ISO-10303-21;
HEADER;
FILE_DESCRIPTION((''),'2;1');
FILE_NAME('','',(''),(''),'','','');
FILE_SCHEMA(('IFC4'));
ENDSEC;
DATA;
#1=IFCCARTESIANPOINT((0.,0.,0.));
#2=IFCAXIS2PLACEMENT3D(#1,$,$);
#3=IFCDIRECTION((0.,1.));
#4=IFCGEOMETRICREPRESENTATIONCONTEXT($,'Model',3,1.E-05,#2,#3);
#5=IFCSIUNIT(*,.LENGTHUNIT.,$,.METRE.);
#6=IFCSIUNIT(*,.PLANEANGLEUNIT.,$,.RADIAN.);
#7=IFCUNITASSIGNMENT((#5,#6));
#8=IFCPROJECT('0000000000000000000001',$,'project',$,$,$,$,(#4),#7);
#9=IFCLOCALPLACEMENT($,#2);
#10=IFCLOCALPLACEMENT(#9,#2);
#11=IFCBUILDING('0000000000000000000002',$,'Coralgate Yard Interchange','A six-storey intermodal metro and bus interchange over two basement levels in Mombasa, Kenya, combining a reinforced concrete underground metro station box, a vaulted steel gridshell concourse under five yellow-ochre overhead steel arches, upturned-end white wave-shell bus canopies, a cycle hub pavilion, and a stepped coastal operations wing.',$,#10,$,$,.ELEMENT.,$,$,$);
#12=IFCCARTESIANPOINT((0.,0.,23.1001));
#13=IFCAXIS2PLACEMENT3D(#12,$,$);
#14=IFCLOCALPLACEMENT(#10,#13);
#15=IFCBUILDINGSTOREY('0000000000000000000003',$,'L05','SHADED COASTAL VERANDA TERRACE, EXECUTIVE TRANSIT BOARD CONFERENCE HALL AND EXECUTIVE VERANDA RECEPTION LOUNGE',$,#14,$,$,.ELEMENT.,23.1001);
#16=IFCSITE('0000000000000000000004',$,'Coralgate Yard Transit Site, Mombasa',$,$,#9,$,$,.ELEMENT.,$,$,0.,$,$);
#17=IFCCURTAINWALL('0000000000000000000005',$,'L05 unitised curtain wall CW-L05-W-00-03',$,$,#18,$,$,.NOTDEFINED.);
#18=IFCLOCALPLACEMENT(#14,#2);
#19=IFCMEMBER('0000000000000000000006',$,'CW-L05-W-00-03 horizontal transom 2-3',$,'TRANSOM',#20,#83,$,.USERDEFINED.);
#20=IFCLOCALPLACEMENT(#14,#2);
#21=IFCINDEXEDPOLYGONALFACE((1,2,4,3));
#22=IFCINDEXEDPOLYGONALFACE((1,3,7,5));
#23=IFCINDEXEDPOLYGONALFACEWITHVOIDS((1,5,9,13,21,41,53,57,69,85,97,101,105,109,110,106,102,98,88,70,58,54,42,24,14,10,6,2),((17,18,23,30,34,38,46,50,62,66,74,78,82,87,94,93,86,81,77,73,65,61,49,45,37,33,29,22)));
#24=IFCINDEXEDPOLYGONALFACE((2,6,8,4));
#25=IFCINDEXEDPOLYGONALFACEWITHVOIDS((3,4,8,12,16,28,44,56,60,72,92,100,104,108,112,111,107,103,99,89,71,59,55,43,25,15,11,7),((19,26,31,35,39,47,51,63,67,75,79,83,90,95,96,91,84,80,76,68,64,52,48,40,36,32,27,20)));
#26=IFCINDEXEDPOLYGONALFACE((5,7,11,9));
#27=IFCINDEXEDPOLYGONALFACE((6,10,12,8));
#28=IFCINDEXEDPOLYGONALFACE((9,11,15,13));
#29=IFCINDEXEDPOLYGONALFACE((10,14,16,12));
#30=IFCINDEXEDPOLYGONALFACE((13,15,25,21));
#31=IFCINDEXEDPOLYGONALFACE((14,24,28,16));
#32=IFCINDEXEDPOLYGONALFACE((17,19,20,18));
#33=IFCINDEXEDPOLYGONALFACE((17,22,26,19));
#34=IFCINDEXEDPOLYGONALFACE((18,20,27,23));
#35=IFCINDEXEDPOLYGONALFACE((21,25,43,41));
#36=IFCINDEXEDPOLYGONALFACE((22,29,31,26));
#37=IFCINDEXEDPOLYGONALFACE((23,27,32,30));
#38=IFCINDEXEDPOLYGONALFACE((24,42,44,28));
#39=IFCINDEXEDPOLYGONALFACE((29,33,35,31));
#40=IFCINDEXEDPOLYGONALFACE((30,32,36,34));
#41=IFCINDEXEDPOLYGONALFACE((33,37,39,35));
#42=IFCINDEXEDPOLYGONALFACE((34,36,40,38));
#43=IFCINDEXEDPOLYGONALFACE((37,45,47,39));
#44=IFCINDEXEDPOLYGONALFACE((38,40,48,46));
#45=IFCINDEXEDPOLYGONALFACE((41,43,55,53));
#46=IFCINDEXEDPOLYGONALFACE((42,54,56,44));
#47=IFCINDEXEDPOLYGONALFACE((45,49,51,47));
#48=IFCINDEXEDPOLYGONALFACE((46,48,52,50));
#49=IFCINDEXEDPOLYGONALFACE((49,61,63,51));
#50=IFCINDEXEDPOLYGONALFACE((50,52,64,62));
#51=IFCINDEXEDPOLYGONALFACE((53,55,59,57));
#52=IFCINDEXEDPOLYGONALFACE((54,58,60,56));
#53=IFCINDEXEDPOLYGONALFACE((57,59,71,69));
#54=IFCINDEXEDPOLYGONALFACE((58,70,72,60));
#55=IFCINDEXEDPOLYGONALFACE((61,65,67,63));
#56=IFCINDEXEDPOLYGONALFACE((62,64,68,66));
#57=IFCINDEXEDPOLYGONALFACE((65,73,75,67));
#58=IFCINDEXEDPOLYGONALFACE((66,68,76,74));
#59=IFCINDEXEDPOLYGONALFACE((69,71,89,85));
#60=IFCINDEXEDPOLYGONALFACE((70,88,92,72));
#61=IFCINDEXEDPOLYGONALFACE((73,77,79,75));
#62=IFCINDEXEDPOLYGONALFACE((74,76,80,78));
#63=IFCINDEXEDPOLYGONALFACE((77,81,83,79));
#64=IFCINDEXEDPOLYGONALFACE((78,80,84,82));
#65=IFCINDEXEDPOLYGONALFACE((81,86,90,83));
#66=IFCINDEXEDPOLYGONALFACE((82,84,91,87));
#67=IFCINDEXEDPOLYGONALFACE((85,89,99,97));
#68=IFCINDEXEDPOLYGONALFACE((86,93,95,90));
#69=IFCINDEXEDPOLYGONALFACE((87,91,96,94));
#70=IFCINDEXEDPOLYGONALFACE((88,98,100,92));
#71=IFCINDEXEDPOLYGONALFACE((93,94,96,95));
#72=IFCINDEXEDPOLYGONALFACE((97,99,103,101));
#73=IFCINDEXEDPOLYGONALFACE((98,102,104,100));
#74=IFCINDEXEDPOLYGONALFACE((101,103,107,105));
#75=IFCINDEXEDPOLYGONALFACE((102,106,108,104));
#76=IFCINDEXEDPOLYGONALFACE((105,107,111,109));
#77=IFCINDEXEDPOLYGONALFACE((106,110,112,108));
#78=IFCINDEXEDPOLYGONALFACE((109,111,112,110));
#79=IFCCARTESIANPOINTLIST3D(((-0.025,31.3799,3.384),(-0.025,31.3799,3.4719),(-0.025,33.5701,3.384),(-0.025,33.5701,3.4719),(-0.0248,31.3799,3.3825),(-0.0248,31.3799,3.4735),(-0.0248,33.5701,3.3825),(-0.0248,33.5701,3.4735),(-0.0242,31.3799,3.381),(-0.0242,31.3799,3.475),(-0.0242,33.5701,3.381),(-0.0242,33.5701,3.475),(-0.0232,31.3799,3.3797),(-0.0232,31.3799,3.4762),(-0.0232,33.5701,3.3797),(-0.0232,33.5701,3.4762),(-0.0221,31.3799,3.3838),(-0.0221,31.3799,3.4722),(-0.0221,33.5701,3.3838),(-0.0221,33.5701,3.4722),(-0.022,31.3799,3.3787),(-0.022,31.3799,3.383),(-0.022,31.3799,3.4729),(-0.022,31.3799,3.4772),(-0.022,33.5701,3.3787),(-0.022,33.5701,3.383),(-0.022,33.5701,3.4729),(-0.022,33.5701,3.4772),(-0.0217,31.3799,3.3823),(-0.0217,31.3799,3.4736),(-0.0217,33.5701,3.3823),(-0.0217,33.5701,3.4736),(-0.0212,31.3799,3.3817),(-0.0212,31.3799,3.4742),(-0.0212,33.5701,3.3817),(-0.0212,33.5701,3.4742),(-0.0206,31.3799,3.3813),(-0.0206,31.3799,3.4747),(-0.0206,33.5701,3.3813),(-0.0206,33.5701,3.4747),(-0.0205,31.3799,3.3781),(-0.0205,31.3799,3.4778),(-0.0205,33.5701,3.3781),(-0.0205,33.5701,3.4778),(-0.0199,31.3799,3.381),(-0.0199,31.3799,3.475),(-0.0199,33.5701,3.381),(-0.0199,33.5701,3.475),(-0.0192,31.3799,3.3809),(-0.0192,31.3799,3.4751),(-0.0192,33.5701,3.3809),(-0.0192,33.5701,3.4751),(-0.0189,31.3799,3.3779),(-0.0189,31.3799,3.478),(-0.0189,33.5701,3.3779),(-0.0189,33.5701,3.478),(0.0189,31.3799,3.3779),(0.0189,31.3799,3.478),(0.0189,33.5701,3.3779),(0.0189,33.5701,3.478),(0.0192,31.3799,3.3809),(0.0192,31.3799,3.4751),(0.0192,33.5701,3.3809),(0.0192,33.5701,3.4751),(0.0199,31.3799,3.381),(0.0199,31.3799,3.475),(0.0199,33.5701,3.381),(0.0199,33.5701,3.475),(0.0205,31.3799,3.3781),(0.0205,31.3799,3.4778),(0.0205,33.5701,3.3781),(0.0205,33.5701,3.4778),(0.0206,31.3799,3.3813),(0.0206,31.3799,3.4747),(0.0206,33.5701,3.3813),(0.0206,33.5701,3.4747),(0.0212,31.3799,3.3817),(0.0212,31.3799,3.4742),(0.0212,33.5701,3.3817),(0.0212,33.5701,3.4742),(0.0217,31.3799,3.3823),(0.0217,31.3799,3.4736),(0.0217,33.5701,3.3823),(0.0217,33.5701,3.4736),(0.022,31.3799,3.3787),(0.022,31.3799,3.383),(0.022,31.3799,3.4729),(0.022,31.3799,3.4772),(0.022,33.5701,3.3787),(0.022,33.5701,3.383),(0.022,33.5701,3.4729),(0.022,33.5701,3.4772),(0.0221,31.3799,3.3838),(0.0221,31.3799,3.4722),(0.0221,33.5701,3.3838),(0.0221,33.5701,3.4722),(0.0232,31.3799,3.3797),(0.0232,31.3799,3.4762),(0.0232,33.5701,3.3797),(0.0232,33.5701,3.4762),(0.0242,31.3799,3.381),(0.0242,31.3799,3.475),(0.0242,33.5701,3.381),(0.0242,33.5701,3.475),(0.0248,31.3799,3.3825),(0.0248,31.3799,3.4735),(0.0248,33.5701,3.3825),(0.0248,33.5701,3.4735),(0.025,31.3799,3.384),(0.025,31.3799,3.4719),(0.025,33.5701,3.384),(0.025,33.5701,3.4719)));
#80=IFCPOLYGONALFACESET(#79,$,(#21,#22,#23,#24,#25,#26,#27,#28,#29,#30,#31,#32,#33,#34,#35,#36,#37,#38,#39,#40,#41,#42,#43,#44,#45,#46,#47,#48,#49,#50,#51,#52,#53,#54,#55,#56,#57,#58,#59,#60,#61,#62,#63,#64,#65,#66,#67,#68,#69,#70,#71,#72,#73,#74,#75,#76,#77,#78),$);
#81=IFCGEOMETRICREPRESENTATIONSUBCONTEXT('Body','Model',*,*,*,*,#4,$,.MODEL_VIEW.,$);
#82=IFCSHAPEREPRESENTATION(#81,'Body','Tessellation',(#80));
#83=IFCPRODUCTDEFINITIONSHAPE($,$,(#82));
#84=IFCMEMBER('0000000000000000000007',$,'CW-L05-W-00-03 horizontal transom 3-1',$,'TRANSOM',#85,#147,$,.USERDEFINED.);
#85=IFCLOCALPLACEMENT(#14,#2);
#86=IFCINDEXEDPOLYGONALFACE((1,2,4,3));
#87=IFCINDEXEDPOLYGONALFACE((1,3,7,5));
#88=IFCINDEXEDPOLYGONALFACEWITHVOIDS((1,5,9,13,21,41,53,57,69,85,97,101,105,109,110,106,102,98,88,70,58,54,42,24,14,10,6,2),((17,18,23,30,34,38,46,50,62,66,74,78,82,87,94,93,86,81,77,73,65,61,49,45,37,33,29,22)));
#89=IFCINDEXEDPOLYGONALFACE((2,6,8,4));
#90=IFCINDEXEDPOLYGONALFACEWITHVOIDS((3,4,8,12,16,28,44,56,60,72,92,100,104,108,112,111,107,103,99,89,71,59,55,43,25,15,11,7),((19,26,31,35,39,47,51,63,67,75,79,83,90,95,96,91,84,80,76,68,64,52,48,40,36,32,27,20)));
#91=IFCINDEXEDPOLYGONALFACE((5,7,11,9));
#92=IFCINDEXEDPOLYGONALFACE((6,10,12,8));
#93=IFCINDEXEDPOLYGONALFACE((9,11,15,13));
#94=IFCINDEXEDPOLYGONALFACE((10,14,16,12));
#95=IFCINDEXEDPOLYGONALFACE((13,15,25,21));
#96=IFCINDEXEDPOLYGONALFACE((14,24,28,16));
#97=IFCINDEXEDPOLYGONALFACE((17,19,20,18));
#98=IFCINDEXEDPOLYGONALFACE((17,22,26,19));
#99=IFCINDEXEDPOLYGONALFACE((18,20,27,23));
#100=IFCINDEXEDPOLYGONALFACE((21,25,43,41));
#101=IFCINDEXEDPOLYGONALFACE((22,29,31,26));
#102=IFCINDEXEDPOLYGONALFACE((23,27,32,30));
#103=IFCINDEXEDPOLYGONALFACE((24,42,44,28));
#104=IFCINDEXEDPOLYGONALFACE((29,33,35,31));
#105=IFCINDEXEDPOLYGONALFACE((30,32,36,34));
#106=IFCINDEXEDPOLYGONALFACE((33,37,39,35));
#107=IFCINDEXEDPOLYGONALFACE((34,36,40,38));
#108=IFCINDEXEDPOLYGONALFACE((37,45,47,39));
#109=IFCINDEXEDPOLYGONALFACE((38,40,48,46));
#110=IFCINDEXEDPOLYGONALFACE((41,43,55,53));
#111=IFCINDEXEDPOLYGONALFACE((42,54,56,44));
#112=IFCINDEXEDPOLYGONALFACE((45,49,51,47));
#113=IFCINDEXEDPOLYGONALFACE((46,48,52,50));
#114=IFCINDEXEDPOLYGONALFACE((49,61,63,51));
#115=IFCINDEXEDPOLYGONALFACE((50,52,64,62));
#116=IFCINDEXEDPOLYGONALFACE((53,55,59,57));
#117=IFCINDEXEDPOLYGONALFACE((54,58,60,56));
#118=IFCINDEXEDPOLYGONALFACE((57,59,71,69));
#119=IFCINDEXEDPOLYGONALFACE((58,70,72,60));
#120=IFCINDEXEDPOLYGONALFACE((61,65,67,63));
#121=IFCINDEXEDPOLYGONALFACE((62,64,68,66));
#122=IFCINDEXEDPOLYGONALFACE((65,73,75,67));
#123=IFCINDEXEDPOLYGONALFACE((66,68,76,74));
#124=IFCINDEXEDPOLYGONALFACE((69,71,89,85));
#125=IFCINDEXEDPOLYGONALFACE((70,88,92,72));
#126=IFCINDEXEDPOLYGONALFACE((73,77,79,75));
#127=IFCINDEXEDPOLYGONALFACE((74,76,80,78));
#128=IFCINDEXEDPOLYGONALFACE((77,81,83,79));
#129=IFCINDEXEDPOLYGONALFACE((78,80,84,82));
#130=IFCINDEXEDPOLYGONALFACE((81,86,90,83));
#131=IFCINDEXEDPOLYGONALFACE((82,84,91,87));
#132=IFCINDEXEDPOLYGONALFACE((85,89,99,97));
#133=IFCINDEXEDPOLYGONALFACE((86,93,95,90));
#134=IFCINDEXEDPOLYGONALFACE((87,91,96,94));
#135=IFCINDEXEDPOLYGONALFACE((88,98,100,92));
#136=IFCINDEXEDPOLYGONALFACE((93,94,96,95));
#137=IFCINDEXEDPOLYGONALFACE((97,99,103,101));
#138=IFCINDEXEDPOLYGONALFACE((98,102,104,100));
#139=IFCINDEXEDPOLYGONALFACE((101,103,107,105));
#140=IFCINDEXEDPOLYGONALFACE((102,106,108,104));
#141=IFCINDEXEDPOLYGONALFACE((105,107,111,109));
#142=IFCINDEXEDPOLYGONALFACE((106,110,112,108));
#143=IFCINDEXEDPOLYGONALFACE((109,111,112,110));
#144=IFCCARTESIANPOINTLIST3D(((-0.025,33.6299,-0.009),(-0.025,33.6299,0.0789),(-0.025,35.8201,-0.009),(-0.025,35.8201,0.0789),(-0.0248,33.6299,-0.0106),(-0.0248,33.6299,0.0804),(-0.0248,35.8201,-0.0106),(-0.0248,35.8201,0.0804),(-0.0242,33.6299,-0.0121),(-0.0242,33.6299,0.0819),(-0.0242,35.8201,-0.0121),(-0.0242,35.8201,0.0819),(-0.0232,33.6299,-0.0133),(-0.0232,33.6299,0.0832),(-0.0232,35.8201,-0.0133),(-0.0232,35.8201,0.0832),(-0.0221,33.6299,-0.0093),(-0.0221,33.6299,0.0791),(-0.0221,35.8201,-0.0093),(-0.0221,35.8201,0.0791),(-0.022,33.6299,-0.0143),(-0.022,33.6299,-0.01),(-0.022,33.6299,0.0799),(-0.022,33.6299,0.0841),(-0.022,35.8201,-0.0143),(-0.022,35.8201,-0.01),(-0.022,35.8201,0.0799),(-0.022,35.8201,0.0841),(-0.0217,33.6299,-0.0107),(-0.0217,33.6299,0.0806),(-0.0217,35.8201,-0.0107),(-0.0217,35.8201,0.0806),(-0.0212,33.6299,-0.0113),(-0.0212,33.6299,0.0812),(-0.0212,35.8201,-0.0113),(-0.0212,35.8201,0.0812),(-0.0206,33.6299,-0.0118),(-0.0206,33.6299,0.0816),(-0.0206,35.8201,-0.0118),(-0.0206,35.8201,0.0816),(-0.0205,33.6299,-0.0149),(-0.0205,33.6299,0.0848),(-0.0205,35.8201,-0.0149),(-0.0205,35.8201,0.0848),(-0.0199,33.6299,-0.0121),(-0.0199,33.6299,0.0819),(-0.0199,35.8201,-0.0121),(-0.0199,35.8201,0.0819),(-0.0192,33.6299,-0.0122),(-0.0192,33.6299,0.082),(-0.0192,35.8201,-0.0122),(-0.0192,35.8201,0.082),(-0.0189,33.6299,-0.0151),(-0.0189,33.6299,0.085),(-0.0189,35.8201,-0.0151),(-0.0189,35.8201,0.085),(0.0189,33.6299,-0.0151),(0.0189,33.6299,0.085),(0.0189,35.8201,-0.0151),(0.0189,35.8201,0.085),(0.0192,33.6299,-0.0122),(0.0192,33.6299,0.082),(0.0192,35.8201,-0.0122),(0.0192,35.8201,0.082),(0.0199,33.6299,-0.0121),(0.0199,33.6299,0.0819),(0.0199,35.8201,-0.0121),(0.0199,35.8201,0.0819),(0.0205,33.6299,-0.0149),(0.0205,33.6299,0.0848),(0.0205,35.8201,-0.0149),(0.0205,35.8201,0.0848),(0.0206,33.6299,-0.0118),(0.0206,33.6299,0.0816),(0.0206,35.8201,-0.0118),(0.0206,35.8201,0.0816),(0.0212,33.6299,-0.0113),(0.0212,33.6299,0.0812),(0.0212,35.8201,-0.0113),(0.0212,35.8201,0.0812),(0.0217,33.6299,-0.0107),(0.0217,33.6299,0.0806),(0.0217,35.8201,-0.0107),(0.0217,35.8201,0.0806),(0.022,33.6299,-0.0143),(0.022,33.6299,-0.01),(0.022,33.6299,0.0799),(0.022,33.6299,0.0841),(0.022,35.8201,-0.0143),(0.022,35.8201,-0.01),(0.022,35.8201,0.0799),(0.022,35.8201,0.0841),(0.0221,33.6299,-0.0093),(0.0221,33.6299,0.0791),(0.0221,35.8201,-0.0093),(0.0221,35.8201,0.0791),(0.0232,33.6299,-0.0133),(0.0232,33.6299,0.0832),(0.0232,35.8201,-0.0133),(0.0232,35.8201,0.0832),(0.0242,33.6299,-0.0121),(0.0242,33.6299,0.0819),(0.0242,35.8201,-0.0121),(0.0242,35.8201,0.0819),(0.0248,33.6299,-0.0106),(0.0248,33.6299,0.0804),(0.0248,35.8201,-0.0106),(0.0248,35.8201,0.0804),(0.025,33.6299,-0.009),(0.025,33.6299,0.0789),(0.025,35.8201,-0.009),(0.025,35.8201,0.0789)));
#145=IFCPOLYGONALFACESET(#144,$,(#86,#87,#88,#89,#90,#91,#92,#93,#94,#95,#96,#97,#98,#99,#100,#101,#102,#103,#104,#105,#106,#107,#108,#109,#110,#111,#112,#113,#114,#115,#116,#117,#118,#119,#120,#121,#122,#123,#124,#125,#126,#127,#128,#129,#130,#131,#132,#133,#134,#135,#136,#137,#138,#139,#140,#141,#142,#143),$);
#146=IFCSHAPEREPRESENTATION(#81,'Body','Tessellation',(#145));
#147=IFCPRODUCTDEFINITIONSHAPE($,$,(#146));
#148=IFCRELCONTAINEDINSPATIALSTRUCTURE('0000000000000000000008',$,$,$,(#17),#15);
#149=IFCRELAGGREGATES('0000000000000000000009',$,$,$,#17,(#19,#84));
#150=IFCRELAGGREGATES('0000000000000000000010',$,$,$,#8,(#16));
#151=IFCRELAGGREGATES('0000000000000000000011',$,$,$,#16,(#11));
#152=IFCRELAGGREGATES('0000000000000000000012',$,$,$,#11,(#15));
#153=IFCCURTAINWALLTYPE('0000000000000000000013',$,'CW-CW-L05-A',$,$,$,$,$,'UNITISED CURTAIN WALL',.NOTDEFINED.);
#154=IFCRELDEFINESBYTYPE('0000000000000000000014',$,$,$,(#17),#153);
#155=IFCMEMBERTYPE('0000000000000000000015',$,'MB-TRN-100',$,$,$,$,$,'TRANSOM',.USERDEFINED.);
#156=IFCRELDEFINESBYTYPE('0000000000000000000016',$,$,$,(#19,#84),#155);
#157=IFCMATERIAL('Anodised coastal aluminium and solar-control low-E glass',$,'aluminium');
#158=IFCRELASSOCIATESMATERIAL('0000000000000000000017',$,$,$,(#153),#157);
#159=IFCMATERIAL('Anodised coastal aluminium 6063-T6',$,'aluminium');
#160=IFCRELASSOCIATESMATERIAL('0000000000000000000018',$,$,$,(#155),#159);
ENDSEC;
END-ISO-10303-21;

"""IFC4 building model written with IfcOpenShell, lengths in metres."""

from ifc_helpers import new_model, si_unit, direction, frame, origin, origin_2d, place, context, subcontext, project, spatial, hollow_rectangle, extrude, material, material_profile, profile_set, type_object, element, aggregate, save


model = new_model("IFC4")

# Units and contexts
model_context = context("Model", 3, precision=1e-05, world=origin(), true_north=direction((0.0, 1.0)))
body_context = subcontext(model_context, "Body", "Model", "MODEL_VIEW")
ifc_project = project(units=[si_unit("LENGTHUNIT", "METRE"), si_unit("PLANEANGLEUNIT", "RADIAN")], contexts=[model_context])

# Site, building, storey
site_placement = place(None, origin())
site = spatial("IfcSite", under=ifc_project, at=site_placement, Name="Coralgate Yard Transit Site, Mombasa", CompositionType="ELEMENT", RefElevation=0.0)
building_placement = place(site_placement, origin())
building = spatial("IfcBuilding", under=site, at=building_placement, Name="Coralgate Yard Interchange", Description="A six-storey intermodal metro and bus interchange over two basement levels in Mombasa, Kenya, combining a reinforced concrete underground metro station box, a vaulted steel gridshell concourse under five yellow-ochre overhead steel arches, upturned-end white wave-shell bus canopies, a cycle hub pavilion, and a stepped coastal operations wing.", CompositionType="ELEMENT")
storey_placement = place(building_placement, frame((0.0, 0.0, 23.1001)))
storey = spatial("IfcBuildingStorey", under=building, at=storey_placement, Name="L05", Description="SHADED COASTAL VERANDA TERRACE, EXECUTIVE TRANSIT BOARD CONFERENCE HALL AND EXECUTIVE VERANDA RECEPTION LOUNGE", CompositionType="ELEMENT", Elevation=23.1001)

# Curtain wall, members
ifc_material_1 = material(Name="Anodised coastal aluminium and solar-control low-E glass", Category="aluminium")
curtain_wall_type = type_object("IfcCurtainWallType", Name="CW-CW-L05-A", ElementType="UNITISED CURTAIN WALL", PredefinedType="NOTDEFINED", material=ifc_material_1)
curtain_wall_placement = place(storey_placement, origin())
curtain_wall = element("IfcCurtainWall", 1, at=curtain_wall_placement, inside=storey, type_object=curtain_wall_type, Name="L05 unitised curtain wall CW-L05-W-00-03", PredefinedType="NOTDEFINED")
ifc_material_2 = material(Name="Anodised coastal aluminium 6063-T6", Category="aluminium")
ifc_material_profile_1 = material_profile(ifc_material_2, hollow_rectangle(XDim=0.05, YDim=0.1001, WallThickness=0.0029, InnerFilletRadius=0.0029, OuterFilletRadius=0.0061, at=origin_2d()), Name="ALU 50x100x3")
ifc_profile_set_1 = profile_set([ifc_material_profile_1], Name="Anodised coastal aluminium 6063-T6")
member_type_1 = type_object("IfcMemberType", Name="MB-TRN-100", ElementType="TRANSOM", PredefinedType="USERDEFINED", material=ifc_profile_set_1)
member_1_placement = place(storey_placement, frame((0.0, 31.3799, 3.428), z_axis=(0.0, 1.0, 0.0), x_axis=(-1.0, 0.0, 0.0)))
member_1 = element("IfcMember", 2, at=member_1_placement, type_object=member_type_1, Name="CW-L05-W-00-03 horizontal transom 2-3", ObjectType="TRANSOM", PredefinedType="USERDEFINED", context=body_context, shape_type="SweptSolid", body=[
    extrude(hollow_rectangle(XDim=0.05, YDim=0.1001, WallThickness=0.0029, InnerFilletRadius=0.0029, OuterFilletRadius=0.0061, at=origin_2d()), origin(), (0.0, 0.0, 1.0), 2.1902),
])
member_2_placement = place(storey_placement, frame((0.0, 33.6299, 0.0349), z_axis=(0.0, 1.0, 0.0), x_axis=(-1.0, 0.0, 0.0)))
member_2 = element("IfcMember", 3, at=member_2_placement, type_object=member_type_1, Name="CW-L05-W-00-03 horizontal transom 3-1", ObjectType="TRANSOM", PredefinedType="USERDEFINED", context=body_context, shape_type="SweptSolid", body=[
    extrude(hollow_rectangle(XDim=0.05, YDim=0.1001, WallThickness=0.0029, InnerFilletRadius=0.0029, OuterFilletRadius=0.0061, at=origin_2d()), origin(), (0.0, 0.0, 1.0), 2.1902),
])
aggregate(curtain_wall, [member_1, member_2])

save(model, "model.ifc")
